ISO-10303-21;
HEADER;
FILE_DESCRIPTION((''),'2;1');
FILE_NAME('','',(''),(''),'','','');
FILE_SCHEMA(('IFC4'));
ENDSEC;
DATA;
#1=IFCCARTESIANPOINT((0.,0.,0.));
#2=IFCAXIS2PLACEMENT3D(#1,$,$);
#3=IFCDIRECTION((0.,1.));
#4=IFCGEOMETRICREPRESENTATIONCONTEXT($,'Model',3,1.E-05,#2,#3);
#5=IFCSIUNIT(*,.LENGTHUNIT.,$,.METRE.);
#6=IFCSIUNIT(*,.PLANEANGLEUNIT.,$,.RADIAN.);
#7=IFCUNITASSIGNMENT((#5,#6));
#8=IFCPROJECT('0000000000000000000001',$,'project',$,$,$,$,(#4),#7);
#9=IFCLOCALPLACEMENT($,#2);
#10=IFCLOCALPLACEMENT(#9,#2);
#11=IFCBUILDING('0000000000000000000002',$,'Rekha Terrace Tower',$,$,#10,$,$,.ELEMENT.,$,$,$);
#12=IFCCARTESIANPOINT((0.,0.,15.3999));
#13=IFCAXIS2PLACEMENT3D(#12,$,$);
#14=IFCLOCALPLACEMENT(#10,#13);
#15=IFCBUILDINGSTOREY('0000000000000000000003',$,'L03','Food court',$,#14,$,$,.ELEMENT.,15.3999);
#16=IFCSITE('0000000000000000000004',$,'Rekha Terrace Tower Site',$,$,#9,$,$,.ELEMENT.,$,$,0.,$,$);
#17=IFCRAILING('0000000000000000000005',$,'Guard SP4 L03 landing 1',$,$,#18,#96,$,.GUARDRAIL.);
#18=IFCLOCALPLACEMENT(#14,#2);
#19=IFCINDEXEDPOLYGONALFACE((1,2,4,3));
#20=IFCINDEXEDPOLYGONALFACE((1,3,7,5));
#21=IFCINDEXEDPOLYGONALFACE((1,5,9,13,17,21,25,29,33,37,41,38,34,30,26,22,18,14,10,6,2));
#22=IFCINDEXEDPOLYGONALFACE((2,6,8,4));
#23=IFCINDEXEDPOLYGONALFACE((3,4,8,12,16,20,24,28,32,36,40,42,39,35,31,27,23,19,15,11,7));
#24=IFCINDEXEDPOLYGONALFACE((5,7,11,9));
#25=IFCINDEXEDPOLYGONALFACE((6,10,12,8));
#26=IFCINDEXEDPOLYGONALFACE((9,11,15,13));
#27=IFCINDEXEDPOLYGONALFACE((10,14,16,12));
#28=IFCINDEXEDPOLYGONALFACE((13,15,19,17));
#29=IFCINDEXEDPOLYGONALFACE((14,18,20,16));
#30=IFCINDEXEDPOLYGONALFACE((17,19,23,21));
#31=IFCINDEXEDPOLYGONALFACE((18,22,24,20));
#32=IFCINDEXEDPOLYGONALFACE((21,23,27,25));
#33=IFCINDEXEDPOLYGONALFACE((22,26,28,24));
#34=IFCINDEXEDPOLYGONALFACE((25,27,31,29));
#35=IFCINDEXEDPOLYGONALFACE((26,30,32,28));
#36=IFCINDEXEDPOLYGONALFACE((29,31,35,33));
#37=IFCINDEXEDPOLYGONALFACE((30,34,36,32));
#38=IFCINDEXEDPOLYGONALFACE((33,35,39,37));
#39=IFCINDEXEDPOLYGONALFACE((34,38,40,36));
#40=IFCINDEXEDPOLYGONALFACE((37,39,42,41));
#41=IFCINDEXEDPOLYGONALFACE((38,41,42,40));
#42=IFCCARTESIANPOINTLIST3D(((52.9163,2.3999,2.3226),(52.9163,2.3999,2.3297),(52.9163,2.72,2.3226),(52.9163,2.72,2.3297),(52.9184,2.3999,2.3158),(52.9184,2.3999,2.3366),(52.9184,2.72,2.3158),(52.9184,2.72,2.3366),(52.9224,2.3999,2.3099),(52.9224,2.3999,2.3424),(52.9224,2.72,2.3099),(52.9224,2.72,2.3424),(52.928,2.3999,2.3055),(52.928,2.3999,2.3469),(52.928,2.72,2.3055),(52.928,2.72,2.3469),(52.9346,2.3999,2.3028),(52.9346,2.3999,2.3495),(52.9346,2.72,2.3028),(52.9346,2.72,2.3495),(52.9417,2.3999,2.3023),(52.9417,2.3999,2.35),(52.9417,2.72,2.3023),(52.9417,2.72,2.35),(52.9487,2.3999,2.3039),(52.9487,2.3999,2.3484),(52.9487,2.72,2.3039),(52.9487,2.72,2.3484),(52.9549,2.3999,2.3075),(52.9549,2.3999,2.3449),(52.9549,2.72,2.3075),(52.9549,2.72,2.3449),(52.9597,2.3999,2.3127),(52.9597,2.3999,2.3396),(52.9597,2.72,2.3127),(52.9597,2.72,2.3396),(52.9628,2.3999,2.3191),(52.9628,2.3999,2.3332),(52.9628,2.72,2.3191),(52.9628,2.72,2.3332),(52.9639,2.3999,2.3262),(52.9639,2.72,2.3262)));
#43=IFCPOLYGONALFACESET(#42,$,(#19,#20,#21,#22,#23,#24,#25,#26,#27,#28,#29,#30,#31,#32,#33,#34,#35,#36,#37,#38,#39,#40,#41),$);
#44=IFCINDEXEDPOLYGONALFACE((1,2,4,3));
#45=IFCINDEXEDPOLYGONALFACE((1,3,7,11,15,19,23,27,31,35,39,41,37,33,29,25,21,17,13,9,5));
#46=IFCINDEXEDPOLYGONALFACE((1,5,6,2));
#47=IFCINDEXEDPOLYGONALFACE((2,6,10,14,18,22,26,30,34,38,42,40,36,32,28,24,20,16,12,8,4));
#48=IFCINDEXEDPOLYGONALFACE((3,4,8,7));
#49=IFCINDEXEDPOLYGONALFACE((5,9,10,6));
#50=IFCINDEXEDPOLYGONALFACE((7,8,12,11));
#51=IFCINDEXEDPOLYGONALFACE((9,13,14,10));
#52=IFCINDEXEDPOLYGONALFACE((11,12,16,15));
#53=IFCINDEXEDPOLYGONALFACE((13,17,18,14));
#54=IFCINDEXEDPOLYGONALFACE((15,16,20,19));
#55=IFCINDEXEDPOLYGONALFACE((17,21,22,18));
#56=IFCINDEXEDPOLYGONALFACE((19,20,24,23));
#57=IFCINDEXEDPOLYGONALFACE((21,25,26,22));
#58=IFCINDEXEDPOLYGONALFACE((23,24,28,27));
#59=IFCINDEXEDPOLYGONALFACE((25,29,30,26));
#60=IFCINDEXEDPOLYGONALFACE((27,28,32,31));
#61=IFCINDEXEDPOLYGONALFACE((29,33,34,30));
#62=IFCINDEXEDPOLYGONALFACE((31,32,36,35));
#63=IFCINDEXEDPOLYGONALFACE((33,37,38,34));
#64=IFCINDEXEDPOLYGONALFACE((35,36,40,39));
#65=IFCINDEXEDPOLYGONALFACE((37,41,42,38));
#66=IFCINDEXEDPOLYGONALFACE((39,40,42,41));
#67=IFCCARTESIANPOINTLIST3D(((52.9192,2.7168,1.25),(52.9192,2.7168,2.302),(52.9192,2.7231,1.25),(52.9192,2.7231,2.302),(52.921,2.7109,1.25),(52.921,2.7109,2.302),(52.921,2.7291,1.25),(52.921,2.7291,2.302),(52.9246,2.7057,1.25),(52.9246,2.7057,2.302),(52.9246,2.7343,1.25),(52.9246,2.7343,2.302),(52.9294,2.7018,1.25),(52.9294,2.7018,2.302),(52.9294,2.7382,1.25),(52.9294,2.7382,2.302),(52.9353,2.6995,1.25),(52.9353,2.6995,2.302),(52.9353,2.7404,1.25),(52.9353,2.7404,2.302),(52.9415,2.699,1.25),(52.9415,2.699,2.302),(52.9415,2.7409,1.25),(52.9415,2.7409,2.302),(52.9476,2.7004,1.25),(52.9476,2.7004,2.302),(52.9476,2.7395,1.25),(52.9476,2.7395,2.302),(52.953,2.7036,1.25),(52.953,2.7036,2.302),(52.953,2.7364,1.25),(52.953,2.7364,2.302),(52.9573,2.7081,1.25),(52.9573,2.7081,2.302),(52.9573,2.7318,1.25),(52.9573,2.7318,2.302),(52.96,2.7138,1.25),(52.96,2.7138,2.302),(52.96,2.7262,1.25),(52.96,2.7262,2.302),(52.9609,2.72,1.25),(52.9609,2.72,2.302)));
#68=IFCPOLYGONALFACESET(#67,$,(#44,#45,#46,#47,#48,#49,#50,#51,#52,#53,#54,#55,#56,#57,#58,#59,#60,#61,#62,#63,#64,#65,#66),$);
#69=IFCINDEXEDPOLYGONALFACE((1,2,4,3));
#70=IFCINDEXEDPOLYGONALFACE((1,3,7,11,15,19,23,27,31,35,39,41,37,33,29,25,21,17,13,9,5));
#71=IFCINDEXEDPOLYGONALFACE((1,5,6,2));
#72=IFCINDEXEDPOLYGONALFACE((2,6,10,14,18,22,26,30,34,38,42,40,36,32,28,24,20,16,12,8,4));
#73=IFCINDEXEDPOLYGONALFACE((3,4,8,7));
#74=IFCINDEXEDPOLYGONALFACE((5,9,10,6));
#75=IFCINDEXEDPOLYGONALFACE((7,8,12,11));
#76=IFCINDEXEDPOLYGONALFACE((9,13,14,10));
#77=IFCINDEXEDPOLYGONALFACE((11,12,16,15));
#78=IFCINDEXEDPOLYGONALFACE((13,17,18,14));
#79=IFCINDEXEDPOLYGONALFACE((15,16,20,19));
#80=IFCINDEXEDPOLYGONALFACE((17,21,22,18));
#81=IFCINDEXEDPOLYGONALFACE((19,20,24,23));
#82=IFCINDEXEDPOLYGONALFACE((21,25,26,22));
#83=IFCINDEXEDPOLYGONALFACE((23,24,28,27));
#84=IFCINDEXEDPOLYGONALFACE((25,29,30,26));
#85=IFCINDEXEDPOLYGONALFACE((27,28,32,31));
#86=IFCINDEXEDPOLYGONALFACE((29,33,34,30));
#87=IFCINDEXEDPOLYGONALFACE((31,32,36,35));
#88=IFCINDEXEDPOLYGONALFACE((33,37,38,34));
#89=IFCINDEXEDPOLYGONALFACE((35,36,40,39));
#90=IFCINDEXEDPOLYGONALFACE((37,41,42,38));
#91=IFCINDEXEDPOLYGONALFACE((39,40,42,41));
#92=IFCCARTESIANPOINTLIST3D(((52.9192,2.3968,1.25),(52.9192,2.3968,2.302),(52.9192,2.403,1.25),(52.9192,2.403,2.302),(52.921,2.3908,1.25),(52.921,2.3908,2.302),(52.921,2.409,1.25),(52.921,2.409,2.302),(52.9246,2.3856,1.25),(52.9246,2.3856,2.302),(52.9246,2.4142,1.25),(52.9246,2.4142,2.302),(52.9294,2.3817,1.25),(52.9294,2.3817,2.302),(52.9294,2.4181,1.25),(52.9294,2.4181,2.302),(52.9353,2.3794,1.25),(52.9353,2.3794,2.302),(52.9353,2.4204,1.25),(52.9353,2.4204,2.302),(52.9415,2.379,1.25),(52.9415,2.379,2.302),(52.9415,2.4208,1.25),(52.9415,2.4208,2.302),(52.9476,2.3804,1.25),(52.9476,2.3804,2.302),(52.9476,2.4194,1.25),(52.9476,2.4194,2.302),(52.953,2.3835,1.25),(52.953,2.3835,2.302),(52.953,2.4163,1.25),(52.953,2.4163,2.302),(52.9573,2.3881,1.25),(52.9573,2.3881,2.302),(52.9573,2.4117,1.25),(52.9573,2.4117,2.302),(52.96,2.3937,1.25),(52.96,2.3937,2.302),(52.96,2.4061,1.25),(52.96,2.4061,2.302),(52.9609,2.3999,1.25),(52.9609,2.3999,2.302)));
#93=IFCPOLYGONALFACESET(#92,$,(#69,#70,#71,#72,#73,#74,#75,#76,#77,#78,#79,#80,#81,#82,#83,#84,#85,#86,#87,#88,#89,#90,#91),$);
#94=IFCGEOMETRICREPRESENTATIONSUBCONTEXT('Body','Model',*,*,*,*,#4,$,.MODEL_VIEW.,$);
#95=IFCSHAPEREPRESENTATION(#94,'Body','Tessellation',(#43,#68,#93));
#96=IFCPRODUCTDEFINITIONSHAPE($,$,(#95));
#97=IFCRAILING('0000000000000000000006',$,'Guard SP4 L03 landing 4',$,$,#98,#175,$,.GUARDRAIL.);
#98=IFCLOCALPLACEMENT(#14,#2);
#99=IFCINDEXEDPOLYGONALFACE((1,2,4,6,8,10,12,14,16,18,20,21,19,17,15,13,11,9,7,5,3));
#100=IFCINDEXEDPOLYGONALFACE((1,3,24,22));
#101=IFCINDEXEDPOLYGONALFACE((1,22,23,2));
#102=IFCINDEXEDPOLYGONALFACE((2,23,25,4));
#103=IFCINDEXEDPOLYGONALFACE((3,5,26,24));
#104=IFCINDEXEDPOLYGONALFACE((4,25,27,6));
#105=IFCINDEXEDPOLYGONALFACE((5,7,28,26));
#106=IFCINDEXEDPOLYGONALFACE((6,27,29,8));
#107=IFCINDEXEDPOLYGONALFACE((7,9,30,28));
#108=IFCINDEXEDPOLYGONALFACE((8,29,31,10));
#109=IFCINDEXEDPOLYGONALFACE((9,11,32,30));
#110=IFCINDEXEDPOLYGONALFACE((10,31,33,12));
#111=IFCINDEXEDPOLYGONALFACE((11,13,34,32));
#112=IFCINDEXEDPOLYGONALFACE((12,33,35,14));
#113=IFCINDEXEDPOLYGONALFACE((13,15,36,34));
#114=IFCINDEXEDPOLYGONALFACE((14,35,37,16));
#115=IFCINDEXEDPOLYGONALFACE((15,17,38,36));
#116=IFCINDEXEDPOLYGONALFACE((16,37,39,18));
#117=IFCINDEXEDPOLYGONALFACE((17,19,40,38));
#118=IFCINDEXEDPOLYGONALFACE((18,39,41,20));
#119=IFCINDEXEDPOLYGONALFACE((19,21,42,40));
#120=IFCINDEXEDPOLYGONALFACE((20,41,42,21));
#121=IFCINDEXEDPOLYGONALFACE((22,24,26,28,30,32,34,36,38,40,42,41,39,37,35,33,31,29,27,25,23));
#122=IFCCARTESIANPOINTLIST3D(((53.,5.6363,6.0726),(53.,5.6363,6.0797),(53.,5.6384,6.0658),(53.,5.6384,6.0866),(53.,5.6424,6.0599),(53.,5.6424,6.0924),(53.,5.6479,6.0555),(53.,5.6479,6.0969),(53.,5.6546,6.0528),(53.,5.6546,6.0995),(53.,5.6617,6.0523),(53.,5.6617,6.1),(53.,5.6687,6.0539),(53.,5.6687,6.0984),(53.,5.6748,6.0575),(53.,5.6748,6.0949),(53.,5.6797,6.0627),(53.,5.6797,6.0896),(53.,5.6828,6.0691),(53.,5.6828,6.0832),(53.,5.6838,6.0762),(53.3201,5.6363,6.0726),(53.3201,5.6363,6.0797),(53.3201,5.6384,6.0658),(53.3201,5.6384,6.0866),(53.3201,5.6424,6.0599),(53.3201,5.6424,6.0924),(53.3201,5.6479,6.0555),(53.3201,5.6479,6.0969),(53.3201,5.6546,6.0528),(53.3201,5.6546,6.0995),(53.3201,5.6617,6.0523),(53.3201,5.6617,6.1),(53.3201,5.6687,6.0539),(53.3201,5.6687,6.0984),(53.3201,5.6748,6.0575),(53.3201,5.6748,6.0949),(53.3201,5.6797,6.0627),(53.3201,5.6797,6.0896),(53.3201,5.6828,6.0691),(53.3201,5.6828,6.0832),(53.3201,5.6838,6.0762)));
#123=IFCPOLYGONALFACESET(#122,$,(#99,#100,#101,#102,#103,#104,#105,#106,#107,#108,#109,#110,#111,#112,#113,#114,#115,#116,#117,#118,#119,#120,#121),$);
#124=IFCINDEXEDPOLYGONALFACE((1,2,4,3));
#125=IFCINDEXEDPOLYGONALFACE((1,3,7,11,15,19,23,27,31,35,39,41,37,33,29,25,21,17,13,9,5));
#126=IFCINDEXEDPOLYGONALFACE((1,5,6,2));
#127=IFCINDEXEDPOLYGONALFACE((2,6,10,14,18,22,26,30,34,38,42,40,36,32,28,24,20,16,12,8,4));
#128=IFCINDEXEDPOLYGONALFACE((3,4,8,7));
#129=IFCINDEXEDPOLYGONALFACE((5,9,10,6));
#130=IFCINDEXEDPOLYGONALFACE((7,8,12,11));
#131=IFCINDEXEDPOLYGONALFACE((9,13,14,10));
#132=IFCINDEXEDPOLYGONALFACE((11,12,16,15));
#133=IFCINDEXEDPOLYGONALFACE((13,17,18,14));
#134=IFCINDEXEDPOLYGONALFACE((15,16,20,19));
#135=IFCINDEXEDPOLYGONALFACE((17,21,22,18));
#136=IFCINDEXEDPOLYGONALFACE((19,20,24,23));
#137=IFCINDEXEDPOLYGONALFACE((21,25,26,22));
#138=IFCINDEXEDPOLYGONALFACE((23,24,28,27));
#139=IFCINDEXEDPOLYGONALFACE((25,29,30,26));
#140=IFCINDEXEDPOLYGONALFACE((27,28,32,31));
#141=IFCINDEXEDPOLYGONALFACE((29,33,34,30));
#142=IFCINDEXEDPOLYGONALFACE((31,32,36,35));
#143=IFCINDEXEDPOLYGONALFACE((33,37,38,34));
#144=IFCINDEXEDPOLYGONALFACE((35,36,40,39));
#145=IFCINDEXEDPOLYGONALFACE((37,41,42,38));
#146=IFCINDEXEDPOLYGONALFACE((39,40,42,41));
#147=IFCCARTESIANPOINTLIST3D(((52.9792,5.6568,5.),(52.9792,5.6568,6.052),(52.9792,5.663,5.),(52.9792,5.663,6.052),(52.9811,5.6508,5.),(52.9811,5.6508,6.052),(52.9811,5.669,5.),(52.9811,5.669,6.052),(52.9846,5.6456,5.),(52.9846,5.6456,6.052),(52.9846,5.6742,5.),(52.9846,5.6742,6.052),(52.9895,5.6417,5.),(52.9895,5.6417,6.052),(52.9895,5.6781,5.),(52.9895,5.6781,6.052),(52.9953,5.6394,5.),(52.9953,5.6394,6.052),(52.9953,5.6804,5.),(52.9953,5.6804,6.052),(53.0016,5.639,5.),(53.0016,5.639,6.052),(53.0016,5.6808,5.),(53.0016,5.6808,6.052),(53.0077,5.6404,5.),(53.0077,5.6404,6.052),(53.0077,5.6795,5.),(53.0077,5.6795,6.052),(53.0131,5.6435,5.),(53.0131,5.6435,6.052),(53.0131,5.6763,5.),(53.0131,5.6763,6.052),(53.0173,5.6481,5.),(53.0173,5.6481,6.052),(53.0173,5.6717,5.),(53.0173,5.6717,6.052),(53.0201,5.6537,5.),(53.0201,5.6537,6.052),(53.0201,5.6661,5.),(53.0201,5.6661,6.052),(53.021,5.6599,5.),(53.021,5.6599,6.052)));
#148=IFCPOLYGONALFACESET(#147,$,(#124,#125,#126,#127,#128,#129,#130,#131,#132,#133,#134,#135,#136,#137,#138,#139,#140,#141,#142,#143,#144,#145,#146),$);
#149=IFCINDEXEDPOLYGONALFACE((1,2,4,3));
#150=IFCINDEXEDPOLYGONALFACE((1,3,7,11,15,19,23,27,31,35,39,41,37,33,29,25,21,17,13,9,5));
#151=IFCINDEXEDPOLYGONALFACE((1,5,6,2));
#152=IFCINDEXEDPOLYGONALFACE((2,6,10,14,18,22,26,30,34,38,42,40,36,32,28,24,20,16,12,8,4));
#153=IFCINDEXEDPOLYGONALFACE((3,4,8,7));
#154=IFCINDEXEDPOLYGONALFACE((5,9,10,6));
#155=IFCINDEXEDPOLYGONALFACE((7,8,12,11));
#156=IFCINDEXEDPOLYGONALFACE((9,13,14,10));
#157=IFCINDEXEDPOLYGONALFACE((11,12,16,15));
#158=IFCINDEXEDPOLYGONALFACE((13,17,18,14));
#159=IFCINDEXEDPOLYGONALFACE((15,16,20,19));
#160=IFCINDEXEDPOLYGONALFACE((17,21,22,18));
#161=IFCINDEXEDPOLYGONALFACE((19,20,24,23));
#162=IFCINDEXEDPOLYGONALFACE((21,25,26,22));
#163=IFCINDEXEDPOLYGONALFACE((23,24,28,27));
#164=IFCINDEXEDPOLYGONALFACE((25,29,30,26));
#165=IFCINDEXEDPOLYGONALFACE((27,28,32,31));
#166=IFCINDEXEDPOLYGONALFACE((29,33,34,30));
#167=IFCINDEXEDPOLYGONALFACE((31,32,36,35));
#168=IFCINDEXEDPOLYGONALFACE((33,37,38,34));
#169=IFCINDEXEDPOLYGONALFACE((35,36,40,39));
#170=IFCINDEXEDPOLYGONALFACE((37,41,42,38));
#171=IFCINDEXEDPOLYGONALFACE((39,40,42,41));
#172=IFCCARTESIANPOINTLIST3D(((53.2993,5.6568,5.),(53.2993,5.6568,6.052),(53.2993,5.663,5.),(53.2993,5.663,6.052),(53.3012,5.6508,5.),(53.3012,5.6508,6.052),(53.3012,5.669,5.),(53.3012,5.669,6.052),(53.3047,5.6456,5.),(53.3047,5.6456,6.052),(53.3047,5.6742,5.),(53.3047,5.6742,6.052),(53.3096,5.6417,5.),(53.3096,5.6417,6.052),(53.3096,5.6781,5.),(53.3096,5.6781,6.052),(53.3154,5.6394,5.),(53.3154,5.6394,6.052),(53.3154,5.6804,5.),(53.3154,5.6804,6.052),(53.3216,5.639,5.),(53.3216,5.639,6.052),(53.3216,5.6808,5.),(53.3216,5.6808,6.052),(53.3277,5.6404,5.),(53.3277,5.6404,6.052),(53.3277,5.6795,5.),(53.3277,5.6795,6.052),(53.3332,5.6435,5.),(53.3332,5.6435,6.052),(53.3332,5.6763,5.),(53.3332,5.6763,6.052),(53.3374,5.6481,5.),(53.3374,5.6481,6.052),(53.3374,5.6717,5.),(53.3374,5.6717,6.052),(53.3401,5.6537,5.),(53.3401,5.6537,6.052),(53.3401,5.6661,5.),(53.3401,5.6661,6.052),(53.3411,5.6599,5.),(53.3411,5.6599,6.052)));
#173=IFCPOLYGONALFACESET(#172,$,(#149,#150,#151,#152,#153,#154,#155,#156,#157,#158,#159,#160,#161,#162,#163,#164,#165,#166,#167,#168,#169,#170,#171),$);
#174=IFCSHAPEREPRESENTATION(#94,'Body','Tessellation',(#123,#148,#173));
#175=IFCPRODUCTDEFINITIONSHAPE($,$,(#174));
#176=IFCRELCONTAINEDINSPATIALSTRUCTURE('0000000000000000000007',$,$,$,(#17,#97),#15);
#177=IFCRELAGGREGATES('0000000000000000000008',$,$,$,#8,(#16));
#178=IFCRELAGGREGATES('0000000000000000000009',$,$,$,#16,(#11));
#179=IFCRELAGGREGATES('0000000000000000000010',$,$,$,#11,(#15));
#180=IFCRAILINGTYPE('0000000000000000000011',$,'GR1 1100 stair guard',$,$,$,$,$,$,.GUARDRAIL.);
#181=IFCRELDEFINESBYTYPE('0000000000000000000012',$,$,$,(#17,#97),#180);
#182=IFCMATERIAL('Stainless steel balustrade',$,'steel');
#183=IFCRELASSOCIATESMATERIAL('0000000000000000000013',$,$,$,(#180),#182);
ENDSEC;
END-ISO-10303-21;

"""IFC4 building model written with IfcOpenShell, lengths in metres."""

from ifc_helpers import new_model, si_unit, direction, frame, origin, origin_2d, place, context, subcontext, project, spatial, circle, extrude, material, type_object, element, save


model = new_model("IFC4")

# Units and contexts
model_context = context("Model", 3, precision=1e-05, world=origin(), true_north=direction((0.0, 1.0)))
body_context = subcontext(model_context, "Body", "Model", "MODEL_VIEW")
ifc_project = project(units=[si_unit("LENGTHUNIT", "METRE"), si_unit("PLANEANGLEUNIT", "RADIAN")], contexts=[model_context])

# Site, building, storey
site_placement = place(None, origin())
site = spatial("IfcSite", under=ifc_project, at=site_placement, Name="Rekha Terrace Tower Site", CompositionType="ELEMENT", RefElevation=0.0)
building_placement = place(site_placement, origin())
building = spatial("IfcBuilding", under=site, at=building_placement, Name="Rekha Terrace Tower", CompositionType="ELEMENT")
storey_placement = place(building_placement, frame((0.0, 0.0, 15.3999)))
storey = spatial("IfcBuildingStorey", under=building, at=storey_placement, Name="L03", Description="Food court", CompositionType="ELEMENT", Elevation=15.3999)

# Railings
ifc_material_1 = material(Name="Stainless steel balustrade", Category="steel")
railing_type_1 = type_object("IfcRailingType", Name="GR1 1100 stair guard", PredefinedType="GUARDRAIL", material=ifc_material_1)
railing_1_placement = place(storey_placement, frame((52.9399, 2.72, 1.25)))
element("IfcRailing", 1, at=railing_1_placement, inside=storey, type_object=railing_type_1, Name="Guard SP4 L03 landing 1", PredefinedType="GUARDRAIL", context=body_context, shape_type="SweptSolid", body=[
    extrude(circle(Radius=0.0239, at=origin_2d()), frame((0.0, 0.0, 1.0762), z_axis=(0.0, -1.0, 0.0), x_axis=(1.0, 0.0, 0.0)), (0.0, 0.0, 1.0), 0.3201),
    extrude(circle(Radius=0.021, at=origin_2d()), origin(), (0.0, 0.0, 1.0), 1.052),
    extrude(circle(Radius=0.021, at=origin_2d()), frame((0.0, -0.3201, 0.0)), (0.0, 0.0, 1.0), 1.052),
])
railing_2_placement = place(storey_placement, frame((53.0, 5.6599, 5.0)))
element("IfcRailing", 2, at=railing_2_placement, inside=storey, type_object=railing_type_1, Name="Guard SP4 L03 landing 4", PredefinedType="GUARDRAIL", context=body_context, shape_type="SweptSolid", body=[
    extrude(circle(Radius=0.0239, at=origin_2d()), frame((0.0, 0.0, 1.0762), z_axis=(1.0, 0.0, 0.0), x_axis=(0.0, 1.0, 0.0)), (0.0, 0.0, 1.0), 0.3201),
    extrude(circle(Radius=0.021, at=origin_2d()), origin(), (0.0, 0.0, 1.0), 1.052),
    extrude(circle(Radius=0.021, at=origin_2d()), frame((0.3201, 0.0, 0.0)), (0.0, 0.0, 1.0), 1.052),
])

save(model, "model.ifc")
